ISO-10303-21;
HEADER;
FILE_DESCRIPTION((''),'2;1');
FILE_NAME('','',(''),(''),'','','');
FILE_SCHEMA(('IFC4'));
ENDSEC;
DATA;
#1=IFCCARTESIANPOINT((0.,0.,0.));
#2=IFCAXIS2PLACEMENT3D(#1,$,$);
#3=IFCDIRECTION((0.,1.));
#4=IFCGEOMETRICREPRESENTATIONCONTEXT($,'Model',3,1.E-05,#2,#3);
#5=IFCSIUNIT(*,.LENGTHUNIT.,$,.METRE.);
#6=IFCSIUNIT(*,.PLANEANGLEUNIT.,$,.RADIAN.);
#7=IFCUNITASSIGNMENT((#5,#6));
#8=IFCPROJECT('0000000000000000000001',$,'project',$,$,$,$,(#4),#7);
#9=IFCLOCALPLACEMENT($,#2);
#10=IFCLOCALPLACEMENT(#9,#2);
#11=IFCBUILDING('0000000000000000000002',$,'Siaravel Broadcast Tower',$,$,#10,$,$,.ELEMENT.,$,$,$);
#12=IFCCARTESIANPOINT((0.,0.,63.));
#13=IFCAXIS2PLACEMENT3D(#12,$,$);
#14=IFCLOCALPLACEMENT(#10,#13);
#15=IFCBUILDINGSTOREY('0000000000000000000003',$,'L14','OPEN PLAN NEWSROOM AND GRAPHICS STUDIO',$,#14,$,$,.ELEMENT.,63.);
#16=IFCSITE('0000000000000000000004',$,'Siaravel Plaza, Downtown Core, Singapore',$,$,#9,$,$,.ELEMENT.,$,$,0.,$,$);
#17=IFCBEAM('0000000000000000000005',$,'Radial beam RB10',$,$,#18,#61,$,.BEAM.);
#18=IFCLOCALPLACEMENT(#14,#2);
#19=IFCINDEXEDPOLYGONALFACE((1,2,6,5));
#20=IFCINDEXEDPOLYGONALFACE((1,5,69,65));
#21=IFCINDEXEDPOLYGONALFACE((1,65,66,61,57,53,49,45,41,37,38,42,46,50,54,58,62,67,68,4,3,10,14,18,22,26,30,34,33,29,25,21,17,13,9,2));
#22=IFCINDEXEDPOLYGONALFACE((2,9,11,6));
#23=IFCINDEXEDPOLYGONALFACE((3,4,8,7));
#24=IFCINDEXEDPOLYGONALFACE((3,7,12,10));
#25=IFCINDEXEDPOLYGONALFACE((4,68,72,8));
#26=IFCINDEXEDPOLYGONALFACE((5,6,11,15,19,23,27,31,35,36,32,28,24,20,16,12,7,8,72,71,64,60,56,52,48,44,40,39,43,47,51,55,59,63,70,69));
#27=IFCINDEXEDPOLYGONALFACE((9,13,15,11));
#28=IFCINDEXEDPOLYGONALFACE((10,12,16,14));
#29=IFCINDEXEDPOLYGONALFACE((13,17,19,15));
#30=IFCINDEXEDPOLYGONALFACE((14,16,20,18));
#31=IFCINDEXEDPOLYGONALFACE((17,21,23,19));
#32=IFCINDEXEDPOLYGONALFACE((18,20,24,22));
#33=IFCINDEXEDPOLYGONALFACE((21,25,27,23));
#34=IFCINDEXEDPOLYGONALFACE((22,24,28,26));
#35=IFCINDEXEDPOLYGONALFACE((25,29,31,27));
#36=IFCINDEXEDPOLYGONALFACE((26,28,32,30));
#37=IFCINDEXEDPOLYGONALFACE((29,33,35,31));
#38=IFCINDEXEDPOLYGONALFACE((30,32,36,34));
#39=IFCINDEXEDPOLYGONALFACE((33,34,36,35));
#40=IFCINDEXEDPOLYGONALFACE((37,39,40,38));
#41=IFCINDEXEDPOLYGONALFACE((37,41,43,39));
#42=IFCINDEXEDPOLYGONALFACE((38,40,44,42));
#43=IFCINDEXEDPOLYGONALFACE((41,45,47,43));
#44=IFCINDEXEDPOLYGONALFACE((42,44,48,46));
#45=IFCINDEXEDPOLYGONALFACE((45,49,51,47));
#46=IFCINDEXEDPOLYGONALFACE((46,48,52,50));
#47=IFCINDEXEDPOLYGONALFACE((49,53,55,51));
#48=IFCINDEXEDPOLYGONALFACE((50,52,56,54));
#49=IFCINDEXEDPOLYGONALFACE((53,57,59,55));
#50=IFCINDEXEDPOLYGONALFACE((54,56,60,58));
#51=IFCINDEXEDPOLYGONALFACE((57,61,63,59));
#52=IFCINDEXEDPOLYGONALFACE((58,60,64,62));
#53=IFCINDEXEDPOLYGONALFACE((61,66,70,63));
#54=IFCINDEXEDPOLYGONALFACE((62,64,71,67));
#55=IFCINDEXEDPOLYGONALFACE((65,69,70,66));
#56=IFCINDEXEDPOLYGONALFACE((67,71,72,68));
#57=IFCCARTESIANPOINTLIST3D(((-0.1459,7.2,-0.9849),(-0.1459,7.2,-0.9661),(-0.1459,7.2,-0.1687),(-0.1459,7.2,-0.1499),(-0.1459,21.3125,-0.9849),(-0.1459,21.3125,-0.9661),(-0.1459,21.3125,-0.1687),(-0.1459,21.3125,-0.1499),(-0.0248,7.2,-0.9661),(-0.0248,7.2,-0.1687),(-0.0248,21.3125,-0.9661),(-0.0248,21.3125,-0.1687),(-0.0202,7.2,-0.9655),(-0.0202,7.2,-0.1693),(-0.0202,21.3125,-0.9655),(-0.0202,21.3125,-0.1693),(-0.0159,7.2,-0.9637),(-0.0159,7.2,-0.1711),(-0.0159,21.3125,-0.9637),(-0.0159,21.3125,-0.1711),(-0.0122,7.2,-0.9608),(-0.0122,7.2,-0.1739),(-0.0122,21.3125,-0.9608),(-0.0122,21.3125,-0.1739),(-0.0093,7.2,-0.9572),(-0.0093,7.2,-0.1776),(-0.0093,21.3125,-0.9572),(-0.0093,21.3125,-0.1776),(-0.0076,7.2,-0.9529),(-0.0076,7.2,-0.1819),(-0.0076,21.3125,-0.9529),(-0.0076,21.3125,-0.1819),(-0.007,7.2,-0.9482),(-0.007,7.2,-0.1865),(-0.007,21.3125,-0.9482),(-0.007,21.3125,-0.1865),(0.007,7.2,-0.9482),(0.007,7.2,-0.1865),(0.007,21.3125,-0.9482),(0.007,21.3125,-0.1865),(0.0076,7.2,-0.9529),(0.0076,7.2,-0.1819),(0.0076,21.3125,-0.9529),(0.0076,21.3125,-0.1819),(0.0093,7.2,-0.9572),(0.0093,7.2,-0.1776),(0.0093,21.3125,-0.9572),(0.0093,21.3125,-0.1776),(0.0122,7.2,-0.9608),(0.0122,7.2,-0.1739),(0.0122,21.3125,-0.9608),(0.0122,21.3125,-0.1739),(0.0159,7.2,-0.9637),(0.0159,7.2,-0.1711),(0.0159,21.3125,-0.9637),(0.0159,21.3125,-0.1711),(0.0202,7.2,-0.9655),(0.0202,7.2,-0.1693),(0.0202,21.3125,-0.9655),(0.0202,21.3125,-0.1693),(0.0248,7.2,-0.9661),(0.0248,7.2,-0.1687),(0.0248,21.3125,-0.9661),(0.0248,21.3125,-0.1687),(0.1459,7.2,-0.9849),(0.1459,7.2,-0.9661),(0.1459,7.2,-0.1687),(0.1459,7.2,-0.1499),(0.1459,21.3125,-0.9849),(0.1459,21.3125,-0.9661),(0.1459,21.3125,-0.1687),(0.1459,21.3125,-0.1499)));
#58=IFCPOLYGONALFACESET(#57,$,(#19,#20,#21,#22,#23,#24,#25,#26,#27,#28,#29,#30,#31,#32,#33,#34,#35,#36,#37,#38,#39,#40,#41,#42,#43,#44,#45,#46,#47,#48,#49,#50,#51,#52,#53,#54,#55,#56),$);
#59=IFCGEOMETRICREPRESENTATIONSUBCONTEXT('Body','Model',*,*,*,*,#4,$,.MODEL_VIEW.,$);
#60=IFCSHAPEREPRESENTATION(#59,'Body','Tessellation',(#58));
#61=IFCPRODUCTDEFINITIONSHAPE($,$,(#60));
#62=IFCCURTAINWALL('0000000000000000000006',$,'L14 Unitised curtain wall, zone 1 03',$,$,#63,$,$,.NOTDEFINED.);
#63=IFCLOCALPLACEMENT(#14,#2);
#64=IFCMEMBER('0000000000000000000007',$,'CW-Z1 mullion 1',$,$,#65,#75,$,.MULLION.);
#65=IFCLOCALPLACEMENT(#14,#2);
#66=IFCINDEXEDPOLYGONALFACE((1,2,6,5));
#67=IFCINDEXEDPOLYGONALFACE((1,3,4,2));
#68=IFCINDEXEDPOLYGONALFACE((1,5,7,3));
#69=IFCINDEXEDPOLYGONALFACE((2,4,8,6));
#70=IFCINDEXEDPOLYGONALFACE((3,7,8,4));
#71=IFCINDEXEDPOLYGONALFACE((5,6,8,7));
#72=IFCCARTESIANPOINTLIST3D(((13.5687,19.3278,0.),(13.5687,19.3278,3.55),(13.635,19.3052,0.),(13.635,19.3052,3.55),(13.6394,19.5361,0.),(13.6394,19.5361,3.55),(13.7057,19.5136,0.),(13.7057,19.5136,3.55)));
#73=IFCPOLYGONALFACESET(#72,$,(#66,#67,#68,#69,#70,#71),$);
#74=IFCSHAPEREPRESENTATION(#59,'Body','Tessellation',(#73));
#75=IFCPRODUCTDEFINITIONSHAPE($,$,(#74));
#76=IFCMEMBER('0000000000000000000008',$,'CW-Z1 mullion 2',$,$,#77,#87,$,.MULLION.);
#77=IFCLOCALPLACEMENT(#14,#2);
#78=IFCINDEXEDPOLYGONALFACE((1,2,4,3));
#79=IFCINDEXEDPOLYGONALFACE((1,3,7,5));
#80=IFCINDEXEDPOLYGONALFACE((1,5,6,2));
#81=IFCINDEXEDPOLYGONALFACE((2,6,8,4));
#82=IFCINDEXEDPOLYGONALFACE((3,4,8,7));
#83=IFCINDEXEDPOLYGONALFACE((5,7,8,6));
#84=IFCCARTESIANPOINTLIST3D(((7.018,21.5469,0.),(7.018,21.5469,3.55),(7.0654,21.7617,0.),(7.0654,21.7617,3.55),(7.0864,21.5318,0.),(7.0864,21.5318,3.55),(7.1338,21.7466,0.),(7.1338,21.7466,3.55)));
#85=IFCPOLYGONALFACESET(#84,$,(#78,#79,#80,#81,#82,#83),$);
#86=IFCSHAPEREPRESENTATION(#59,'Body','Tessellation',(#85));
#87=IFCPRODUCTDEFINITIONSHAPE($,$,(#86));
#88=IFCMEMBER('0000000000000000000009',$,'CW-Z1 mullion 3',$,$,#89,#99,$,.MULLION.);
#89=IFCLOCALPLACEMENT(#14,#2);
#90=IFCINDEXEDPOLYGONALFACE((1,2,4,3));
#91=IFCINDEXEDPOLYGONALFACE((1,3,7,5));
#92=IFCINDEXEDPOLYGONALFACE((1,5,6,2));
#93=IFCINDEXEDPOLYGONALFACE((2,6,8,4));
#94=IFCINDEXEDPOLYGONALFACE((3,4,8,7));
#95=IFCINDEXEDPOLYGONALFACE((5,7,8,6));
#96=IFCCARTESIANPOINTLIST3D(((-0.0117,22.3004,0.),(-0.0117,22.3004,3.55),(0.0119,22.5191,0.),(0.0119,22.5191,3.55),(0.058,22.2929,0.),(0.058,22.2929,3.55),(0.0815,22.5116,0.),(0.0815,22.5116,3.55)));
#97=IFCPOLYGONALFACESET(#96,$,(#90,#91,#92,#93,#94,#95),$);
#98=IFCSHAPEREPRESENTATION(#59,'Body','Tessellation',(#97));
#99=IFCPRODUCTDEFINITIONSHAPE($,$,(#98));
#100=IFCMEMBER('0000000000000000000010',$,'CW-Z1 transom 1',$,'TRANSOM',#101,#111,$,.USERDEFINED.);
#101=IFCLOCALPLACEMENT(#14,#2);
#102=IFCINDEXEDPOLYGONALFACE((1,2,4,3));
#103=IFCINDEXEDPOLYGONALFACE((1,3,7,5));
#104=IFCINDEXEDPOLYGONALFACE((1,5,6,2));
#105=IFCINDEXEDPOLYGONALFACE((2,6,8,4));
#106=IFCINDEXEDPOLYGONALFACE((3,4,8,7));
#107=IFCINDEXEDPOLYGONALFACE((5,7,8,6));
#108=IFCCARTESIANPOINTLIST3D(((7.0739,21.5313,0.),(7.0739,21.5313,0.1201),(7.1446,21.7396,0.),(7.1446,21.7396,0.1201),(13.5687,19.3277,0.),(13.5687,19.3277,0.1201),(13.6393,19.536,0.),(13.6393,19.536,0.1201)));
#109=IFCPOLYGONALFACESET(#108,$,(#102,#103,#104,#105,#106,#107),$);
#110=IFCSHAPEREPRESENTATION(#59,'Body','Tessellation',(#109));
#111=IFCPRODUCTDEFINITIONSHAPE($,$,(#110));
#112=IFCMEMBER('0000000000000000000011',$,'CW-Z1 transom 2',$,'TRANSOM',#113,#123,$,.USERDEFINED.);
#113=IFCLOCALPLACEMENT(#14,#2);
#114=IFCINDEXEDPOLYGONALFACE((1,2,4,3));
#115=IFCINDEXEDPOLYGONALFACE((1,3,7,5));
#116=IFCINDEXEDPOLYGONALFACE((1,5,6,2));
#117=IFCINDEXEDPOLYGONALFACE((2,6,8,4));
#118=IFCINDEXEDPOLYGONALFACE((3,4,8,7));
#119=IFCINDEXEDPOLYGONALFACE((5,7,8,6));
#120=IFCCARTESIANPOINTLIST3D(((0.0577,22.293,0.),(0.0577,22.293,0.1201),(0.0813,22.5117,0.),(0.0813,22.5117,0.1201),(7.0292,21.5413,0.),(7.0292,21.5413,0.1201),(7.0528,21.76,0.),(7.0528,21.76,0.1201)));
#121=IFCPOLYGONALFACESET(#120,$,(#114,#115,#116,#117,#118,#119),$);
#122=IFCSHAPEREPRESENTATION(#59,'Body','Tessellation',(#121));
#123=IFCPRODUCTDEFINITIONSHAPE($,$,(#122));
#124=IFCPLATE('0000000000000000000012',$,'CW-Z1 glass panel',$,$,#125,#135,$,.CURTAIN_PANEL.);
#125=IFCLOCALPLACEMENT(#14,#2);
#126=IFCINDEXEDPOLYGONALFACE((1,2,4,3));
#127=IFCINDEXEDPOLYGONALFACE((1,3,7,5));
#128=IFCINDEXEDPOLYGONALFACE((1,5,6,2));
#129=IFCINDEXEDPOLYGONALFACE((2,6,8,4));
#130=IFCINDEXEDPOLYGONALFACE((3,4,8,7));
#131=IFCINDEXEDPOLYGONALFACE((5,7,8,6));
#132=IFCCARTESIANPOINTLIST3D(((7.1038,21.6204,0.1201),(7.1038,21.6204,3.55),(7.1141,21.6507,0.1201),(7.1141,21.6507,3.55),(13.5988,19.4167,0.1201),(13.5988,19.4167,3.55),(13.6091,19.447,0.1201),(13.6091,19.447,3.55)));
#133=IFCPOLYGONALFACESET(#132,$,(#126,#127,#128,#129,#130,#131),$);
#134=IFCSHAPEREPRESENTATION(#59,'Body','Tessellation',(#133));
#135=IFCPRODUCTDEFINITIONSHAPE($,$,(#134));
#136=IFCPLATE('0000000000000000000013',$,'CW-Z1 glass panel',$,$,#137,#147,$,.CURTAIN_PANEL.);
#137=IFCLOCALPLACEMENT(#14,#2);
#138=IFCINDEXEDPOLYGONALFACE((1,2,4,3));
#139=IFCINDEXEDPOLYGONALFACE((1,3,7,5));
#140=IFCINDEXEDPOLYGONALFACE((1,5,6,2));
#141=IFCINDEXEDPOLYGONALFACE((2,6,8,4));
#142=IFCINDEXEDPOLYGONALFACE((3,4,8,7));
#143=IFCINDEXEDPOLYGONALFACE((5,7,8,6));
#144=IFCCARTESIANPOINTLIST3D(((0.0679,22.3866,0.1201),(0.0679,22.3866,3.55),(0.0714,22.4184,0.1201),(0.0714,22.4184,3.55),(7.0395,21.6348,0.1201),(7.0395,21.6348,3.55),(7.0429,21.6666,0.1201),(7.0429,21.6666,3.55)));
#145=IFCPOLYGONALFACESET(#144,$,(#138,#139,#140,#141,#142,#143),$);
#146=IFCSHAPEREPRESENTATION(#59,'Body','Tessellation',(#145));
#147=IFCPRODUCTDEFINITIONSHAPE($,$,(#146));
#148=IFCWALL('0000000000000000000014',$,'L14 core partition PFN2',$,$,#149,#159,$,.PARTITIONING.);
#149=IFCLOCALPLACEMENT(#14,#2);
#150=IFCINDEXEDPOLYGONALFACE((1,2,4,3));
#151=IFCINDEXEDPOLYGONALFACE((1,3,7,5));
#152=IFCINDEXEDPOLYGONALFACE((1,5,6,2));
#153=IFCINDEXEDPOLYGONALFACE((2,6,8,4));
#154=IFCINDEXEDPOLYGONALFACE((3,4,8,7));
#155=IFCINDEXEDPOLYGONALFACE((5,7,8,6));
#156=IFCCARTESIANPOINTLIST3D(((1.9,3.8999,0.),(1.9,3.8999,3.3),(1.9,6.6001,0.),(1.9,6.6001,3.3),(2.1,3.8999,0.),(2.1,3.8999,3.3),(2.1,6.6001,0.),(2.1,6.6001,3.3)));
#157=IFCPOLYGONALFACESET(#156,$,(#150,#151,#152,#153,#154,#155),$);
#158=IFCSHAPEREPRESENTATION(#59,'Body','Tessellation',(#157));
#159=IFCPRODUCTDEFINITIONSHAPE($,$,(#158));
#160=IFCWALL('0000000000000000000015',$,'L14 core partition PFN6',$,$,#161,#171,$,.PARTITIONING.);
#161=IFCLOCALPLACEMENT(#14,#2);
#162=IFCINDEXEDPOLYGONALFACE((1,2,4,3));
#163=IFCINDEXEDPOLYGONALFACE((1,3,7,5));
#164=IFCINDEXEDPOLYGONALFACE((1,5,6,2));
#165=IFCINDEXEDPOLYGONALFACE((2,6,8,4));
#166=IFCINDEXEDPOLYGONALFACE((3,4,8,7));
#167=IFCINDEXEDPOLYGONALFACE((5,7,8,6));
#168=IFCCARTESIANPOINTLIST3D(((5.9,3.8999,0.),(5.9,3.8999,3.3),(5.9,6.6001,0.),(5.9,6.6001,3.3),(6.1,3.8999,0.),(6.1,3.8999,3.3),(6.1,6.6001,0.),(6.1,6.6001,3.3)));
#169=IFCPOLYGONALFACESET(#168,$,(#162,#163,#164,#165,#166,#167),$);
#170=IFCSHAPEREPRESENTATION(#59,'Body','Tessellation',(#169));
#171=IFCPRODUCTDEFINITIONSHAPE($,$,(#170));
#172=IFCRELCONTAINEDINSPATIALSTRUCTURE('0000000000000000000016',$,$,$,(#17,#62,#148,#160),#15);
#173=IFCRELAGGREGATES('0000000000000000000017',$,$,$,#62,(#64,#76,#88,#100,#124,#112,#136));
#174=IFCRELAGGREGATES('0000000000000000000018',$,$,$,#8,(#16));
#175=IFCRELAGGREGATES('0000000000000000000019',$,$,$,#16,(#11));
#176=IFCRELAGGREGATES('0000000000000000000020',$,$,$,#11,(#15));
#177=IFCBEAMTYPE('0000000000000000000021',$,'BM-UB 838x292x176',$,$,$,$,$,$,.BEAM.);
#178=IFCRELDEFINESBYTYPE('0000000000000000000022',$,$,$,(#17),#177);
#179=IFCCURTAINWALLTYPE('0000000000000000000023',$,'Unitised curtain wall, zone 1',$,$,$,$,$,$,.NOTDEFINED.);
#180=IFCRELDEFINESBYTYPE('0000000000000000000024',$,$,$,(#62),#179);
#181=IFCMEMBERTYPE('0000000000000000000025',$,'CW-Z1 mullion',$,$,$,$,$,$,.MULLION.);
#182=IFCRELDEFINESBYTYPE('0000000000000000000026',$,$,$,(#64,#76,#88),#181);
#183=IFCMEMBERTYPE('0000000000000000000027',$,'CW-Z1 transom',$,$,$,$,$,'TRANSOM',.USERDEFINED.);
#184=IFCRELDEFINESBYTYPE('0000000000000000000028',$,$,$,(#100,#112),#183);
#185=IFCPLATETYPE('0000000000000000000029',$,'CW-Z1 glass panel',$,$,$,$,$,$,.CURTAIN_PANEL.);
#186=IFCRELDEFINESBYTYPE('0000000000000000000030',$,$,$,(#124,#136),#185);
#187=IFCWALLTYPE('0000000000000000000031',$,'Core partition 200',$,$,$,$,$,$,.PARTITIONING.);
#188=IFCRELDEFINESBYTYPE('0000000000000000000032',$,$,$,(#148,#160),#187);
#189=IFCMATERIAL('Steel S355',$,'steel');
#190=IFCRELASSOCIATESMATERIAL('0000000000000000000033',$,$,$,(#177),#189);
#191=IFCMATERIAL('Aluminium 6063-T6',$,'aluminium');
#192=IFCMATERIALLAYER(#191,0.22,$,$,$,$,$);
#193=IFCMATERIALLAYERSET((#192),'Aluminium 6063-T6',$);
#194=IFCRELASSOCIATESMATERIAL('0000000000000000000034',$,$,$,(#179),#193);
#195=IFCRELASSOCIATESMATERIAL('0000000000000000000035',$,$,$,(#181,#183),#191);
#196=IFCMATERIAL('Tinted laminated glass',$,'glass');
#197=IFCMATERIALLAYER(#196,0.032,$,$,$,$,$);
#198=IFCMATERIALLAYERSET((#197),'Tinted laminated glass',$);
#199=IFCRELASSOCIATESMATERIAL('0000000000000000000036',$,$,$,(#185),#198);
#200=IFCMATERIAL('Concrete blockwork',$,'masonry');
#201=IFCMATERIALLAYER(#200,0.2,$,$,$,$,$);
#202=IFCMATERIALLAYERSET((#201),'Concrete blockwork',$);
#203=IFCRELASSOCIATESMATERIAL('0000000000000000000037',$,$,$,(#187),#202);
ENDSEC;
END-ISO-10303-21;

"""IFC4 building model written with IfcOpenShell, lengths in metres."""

from ifc_helpers import new_model, si_unit, direction, frame, frame_2d, origin, origin_2d, place, context, subcontext, project, spatial, rectangle, i_section, extrude, material, layer, layer_set, material_profile, profile_set, type_object, element, aggregate, save


model = new_model("IFC4")

# Units and contexts
model_context = context("Model", 3, precision=1e-05, world=origin(), true_north=direction((0.0, 1.0)))
body_context = subcontext(model_context, "Body", "Model", "MODEL_VIEW")
ifc_project = project(units=[si_unit("LENGTHUNIT", "METRE"), si_unit("PLANEANGLEUNIT", "RADIAN")], contexts=[model_context])

# Site, building, storey
site_placement = place(None, origin())
site = spatial("IfcSite", under=ifc_project, at=site_placement, Name="Siaravel Plaza, Downtown Core, Singapore", CompositionType="ELEMENT", RefElevation=0.0)
building_placement = place(site_placement, origin())
building = spatial("IfcBuilding", under=site, at=building_placement, Name="Siaravel Broadcast Tower", CompositionType="ELEMENT")
storey_placement = place(building_placement, frame((0.0, 0.0, 63.0)))
storey = spatial("IfcBuildingStorey", under=building, at=storey_placement, Name="L14", Description="OPEN PLAN NEWSROOM AND GRAPHICS STUDIO", CompositionType="ELEMENT", Elevation=63.0)

# Beam
ifc_material_1 = material(Name="Steel S355", Category="steel")
ifc_material_profile_1 = material_profile(ifc_material_1, i_section(OverallWidth=0.2917, OverallDepth=0.835, WebThickness=0.0139, FlangeThickness=0.0188, FilletRadius=0.0178, at=origin_2d()))
ifc_profile_set_1 = profile_set([ifc_material_profile_1], Name="Steel S355")
beam_type = type_object("IfcBeamType", Name="BM-UB 838x292x176", PredefinedType="BEAM", material=ifc_profile_set_1)
beam_1_placement = place(storey_placement, frame((0.0, 21.3125, -0.5674), z_axis=(0.0, -1.0, 0.0), x_axis=(1.0, 0.0, 0.0)))
element("IfcBeam", 1, at=beam_1_placement, inside=storey, type_object=beam_type, Name="Radial beam RB10", PredefinedType="BEAM", context=body_context, shape_type="SweptSolid", body=[
    extrude(i_section(OverallWidth=0.2917, OverallDepth=0.835, WebThickness=0.0139, FlangeThickness=0.0188, FilletRadius=0.0178, at=origin_2d()), origin(), (0.0, 0.0, 1.0), 14.1125),
])

# Curtain wall, members, plates
ifc_material_2 = material(Name="Aluminium 6063-T6", Category="aluminium")
ifc_layer_1 = layer(ifc_material_2, 0.22)
ifc_layer_set_1 = layer_set([ifc_layer_1], Name="Aluminium 6063-T6")
curtain_wall_type = type_object("IfcCurtainWallType", Name="Unitised curtain wall, zone 1", PredefinedType="NOTDEFINED", material=ifc_layer_set_1)
curtain_wall_placement = place(storey_placement, origin())
curtain_wall = element("IfcCurtainWall", 2, at=curtain_wall_placement, inside=storey, type_object=curtain_wall_type, Name="L14 Unitised curtain wall, zone 1 03", PredefinedType="NOTDEFINED")
ifc_material_profile_2 = material_profile(ifc_material_2, rectangle(XDim=0.22, YDim=0.0701, at=origin_2d()))
ifc_profile_set_2 = profile_set([ifc_material_profile_2], Name="Aluminium 6063-T6")
member_type_1 = type_object("IfcMemberType", Name="CW-Z1 mullion", PredefinedType="MULLION", material=ifc_profile_set_2)
member_1_placement = place(storey_placement, frame((13.6372, 19.4207, 0.0), z_axis=(0.0, 0.0, 1.0), x_axis=(-0.3213, -0.946978, 0.0)))
member_1 = element("IfcMember", 3, at=member_1_placement, type_object=member_type_1, Name="CW-Z1 mullion 1", PredefinedType="MULLION", context=body_context, shape_type="SweptSolid", body=[
    extrude(rectangle(XDim=0.22, YDim=0.0701, at=origin_2d()), origin(), (0.0, 0.0, 1.0), 3.55),
])
member_2_placement = place(storey_placement, frame((7.0759, 21.6467, 0.0), z_axis=(0.0, 0.0, 1.0), x_axis=(-0.215557, -0.976491, 0.0)))
member_2 = element("IfcMember", 4, at=member_2_placement, type_object=member_type_1, Name="CW-Z1 mullion 2", PredefinedType="MULLION", context=body_context, shape_type="SweptSolid", body=[
    extrude(rectangle(XDim=0.22, YDim=0.0701, at=origin_2d()), origin(), (0.0, 0.0, 1.0), 3.55),
])
member_3_placement = place(storey_placement, frame((0.0349, 22.406, 0.0), z_axis=(0.0, 0.0, 1.0), x_axis=(-0.107217, -0.994236, 0.0)))
member_3 = element("IfcMember", 5, at=member_3_placement, type_object=member_type_1, Name="CW-Z1 mullion 3", PredefinedType="MULLION", context=body_context, shape_type="SweptSolid", body=[
    extrude(rectangle(XDim=0.22, YDim=0.0701, at=origin_2d()), origin(), (0.0, 0.0, 1.0), 3.55),
])
ifc_material_profile_3 = material_profile(ifc_material_2, rectangle(XDim=0.22, YDim=0.1201, at=origin_2d()))
ifc_profile_set_3 = profile_set([ifc_material_profile_3], Name="Aluminium 6063-T6")
member_type_2 = type_object("IfcMemberType", Name="CW-Z1 transom", ElementType="TRANSOM", PredefinedType="USERDEFINED", material=ifc_profile_set_3)
member_4_placement = place(storey_placement, frame((13.604, 19.4319, 0.0601), z_axis=(-0.946979, 0.321296, 0.0), x_axis=(-0.321296, -0.946979, 0.0)))
member_4 = element("IfcMember", 6, at=member_4_placement, type_object=member_type_2, Name="CW-Z1 transom 1", ObjectType="TRANSOM", PredefinedType="USERDEFINED", context=body_context, shape_type="SweptSolid", body=[
    extrude(rectangle(XDim=0.22, YDim=0.1201, at=origin_2d()), origin(), (0.0, 0.0, 1.0), 6.8584),
])
member_5_placement = place(storey_placement, frame((7.041, 21.6506, 0.0601), z_axis=(-0.994237, 0.107206, 0.0), x_axis=(-0.107206, -0.994237, 0.0)))
member_5 = element("IfcMember", 7, at=member_5_placement, type_object=member_type_2, Name="CW-Z1 transom 2", ObjectType="TRANSOM", PredefinedType="USERDEFINED", context=body_context, shape_type="SweptSolid", body=[
    extrude(rectangle(XDim=0.22, YDim=0.1201, at=origin_2d()), origin(), (0.0, 0.0, 1.0), 7.012),
])
ifc_material_3 = material(Name="Tinted laminated glass", Category="glass")
ifc_layer_2 = layer(ifc_material_3, 0.032)
ifc_layer_set_2 = layer_set([ifc_layer_2], Name="Tinted laminated glass")
plate_type = type_object("IfcPlateType", Name="CW-Z1 glass panel", PredefinedType="CURTAIN_PANEL", material=ifc_layer_set_2)
plate_1_placement = place(storey_placement, frame((10.3564, 20.5337, 0.1201), z_axis=(0.0, 0.0, 1.0), x_axis=(-0.946978, 0.3213, 0.0)))
plate_1 = element("IfcPlate", 8, at=plate_1_placement, type_object=plate_type, Name="CW-Z1 glass panel", PredefinedType="CURTAIN_PANEL", context=body_context, shape_type="SweptSolid", body=[
    extrude(rectangle(XDim=6.8586, YDim=0.032, at=origin_2d()), origin(), (0.0, 0.0, 1.0), 3.4299),
])
plate_2_placement = place(storey_placement, frame((3.5554, 22.0266, 0.1201), z_axis=(0.0, 0.0, 1.0), x_axis=(-0.994236, 0.107217, 0.0)))
plate_2 = element("IfcPlate", 9, at=plate_2_placement, type_object=plate_type, Name="CW-Z1 glass panel", PredefinedType="CURTAIN_PANEL", context=body_context, shape_type="SweptSolid", body=[
    extrude(rectangle(XDim=7.012, YDim=0.032, at=origin_2d()), origin(), (0.0, 0.0, 1.0), 3.4299),
])
aggregate(curtain_wall, [member_1, member_2, member_3, member_4, plate_1, member_5, plate_2])

# Walls
ifc_material_4 = material(Name="Concrete blockwork", Category="masonry")
ifc_layer_3 = layer(ifc_material_4, 0.2)
ifc_layer_set_3 = layer_set([ifc_layer_3], Name="Concrete blockwork")
wall_type_1 = type_object("IfcWallType", Name="Core partition 200", PredefinedType="PARTITIONING", material=ifc_layer_set_3)
for number, where, z_axis, x_axis, name in (
    (10, (2.0, 3.8999, 0.0), (0.0, 0.0, 1.0), (0.0, 1.0, 0.0), "L14 core partition PFN2"),
    (11, (6.0, 3.8999, 0.0), (0.0, 0.0, 1.0), (0.0, 1.0, 0.0), "L14 core partition PFN6"),
):
    element("IfcWall", number, at=place(storey_placement, frame(where, z_axis=z_axis, x_axis=x_axis)), inside=storey, type_object=wall_type_1, Name=name, PredefinedType="PARTITIONING", context=body_context, shape_type="SweptSolid", body=[
        extrude(rectangle(XDim=2.7002, YDim=0.2, at=frame_2d((1.3501, 0.0))), origin(), (0.0, 0.0, 1.0), 3.3),
    ])

save(model, "model.ifc")
